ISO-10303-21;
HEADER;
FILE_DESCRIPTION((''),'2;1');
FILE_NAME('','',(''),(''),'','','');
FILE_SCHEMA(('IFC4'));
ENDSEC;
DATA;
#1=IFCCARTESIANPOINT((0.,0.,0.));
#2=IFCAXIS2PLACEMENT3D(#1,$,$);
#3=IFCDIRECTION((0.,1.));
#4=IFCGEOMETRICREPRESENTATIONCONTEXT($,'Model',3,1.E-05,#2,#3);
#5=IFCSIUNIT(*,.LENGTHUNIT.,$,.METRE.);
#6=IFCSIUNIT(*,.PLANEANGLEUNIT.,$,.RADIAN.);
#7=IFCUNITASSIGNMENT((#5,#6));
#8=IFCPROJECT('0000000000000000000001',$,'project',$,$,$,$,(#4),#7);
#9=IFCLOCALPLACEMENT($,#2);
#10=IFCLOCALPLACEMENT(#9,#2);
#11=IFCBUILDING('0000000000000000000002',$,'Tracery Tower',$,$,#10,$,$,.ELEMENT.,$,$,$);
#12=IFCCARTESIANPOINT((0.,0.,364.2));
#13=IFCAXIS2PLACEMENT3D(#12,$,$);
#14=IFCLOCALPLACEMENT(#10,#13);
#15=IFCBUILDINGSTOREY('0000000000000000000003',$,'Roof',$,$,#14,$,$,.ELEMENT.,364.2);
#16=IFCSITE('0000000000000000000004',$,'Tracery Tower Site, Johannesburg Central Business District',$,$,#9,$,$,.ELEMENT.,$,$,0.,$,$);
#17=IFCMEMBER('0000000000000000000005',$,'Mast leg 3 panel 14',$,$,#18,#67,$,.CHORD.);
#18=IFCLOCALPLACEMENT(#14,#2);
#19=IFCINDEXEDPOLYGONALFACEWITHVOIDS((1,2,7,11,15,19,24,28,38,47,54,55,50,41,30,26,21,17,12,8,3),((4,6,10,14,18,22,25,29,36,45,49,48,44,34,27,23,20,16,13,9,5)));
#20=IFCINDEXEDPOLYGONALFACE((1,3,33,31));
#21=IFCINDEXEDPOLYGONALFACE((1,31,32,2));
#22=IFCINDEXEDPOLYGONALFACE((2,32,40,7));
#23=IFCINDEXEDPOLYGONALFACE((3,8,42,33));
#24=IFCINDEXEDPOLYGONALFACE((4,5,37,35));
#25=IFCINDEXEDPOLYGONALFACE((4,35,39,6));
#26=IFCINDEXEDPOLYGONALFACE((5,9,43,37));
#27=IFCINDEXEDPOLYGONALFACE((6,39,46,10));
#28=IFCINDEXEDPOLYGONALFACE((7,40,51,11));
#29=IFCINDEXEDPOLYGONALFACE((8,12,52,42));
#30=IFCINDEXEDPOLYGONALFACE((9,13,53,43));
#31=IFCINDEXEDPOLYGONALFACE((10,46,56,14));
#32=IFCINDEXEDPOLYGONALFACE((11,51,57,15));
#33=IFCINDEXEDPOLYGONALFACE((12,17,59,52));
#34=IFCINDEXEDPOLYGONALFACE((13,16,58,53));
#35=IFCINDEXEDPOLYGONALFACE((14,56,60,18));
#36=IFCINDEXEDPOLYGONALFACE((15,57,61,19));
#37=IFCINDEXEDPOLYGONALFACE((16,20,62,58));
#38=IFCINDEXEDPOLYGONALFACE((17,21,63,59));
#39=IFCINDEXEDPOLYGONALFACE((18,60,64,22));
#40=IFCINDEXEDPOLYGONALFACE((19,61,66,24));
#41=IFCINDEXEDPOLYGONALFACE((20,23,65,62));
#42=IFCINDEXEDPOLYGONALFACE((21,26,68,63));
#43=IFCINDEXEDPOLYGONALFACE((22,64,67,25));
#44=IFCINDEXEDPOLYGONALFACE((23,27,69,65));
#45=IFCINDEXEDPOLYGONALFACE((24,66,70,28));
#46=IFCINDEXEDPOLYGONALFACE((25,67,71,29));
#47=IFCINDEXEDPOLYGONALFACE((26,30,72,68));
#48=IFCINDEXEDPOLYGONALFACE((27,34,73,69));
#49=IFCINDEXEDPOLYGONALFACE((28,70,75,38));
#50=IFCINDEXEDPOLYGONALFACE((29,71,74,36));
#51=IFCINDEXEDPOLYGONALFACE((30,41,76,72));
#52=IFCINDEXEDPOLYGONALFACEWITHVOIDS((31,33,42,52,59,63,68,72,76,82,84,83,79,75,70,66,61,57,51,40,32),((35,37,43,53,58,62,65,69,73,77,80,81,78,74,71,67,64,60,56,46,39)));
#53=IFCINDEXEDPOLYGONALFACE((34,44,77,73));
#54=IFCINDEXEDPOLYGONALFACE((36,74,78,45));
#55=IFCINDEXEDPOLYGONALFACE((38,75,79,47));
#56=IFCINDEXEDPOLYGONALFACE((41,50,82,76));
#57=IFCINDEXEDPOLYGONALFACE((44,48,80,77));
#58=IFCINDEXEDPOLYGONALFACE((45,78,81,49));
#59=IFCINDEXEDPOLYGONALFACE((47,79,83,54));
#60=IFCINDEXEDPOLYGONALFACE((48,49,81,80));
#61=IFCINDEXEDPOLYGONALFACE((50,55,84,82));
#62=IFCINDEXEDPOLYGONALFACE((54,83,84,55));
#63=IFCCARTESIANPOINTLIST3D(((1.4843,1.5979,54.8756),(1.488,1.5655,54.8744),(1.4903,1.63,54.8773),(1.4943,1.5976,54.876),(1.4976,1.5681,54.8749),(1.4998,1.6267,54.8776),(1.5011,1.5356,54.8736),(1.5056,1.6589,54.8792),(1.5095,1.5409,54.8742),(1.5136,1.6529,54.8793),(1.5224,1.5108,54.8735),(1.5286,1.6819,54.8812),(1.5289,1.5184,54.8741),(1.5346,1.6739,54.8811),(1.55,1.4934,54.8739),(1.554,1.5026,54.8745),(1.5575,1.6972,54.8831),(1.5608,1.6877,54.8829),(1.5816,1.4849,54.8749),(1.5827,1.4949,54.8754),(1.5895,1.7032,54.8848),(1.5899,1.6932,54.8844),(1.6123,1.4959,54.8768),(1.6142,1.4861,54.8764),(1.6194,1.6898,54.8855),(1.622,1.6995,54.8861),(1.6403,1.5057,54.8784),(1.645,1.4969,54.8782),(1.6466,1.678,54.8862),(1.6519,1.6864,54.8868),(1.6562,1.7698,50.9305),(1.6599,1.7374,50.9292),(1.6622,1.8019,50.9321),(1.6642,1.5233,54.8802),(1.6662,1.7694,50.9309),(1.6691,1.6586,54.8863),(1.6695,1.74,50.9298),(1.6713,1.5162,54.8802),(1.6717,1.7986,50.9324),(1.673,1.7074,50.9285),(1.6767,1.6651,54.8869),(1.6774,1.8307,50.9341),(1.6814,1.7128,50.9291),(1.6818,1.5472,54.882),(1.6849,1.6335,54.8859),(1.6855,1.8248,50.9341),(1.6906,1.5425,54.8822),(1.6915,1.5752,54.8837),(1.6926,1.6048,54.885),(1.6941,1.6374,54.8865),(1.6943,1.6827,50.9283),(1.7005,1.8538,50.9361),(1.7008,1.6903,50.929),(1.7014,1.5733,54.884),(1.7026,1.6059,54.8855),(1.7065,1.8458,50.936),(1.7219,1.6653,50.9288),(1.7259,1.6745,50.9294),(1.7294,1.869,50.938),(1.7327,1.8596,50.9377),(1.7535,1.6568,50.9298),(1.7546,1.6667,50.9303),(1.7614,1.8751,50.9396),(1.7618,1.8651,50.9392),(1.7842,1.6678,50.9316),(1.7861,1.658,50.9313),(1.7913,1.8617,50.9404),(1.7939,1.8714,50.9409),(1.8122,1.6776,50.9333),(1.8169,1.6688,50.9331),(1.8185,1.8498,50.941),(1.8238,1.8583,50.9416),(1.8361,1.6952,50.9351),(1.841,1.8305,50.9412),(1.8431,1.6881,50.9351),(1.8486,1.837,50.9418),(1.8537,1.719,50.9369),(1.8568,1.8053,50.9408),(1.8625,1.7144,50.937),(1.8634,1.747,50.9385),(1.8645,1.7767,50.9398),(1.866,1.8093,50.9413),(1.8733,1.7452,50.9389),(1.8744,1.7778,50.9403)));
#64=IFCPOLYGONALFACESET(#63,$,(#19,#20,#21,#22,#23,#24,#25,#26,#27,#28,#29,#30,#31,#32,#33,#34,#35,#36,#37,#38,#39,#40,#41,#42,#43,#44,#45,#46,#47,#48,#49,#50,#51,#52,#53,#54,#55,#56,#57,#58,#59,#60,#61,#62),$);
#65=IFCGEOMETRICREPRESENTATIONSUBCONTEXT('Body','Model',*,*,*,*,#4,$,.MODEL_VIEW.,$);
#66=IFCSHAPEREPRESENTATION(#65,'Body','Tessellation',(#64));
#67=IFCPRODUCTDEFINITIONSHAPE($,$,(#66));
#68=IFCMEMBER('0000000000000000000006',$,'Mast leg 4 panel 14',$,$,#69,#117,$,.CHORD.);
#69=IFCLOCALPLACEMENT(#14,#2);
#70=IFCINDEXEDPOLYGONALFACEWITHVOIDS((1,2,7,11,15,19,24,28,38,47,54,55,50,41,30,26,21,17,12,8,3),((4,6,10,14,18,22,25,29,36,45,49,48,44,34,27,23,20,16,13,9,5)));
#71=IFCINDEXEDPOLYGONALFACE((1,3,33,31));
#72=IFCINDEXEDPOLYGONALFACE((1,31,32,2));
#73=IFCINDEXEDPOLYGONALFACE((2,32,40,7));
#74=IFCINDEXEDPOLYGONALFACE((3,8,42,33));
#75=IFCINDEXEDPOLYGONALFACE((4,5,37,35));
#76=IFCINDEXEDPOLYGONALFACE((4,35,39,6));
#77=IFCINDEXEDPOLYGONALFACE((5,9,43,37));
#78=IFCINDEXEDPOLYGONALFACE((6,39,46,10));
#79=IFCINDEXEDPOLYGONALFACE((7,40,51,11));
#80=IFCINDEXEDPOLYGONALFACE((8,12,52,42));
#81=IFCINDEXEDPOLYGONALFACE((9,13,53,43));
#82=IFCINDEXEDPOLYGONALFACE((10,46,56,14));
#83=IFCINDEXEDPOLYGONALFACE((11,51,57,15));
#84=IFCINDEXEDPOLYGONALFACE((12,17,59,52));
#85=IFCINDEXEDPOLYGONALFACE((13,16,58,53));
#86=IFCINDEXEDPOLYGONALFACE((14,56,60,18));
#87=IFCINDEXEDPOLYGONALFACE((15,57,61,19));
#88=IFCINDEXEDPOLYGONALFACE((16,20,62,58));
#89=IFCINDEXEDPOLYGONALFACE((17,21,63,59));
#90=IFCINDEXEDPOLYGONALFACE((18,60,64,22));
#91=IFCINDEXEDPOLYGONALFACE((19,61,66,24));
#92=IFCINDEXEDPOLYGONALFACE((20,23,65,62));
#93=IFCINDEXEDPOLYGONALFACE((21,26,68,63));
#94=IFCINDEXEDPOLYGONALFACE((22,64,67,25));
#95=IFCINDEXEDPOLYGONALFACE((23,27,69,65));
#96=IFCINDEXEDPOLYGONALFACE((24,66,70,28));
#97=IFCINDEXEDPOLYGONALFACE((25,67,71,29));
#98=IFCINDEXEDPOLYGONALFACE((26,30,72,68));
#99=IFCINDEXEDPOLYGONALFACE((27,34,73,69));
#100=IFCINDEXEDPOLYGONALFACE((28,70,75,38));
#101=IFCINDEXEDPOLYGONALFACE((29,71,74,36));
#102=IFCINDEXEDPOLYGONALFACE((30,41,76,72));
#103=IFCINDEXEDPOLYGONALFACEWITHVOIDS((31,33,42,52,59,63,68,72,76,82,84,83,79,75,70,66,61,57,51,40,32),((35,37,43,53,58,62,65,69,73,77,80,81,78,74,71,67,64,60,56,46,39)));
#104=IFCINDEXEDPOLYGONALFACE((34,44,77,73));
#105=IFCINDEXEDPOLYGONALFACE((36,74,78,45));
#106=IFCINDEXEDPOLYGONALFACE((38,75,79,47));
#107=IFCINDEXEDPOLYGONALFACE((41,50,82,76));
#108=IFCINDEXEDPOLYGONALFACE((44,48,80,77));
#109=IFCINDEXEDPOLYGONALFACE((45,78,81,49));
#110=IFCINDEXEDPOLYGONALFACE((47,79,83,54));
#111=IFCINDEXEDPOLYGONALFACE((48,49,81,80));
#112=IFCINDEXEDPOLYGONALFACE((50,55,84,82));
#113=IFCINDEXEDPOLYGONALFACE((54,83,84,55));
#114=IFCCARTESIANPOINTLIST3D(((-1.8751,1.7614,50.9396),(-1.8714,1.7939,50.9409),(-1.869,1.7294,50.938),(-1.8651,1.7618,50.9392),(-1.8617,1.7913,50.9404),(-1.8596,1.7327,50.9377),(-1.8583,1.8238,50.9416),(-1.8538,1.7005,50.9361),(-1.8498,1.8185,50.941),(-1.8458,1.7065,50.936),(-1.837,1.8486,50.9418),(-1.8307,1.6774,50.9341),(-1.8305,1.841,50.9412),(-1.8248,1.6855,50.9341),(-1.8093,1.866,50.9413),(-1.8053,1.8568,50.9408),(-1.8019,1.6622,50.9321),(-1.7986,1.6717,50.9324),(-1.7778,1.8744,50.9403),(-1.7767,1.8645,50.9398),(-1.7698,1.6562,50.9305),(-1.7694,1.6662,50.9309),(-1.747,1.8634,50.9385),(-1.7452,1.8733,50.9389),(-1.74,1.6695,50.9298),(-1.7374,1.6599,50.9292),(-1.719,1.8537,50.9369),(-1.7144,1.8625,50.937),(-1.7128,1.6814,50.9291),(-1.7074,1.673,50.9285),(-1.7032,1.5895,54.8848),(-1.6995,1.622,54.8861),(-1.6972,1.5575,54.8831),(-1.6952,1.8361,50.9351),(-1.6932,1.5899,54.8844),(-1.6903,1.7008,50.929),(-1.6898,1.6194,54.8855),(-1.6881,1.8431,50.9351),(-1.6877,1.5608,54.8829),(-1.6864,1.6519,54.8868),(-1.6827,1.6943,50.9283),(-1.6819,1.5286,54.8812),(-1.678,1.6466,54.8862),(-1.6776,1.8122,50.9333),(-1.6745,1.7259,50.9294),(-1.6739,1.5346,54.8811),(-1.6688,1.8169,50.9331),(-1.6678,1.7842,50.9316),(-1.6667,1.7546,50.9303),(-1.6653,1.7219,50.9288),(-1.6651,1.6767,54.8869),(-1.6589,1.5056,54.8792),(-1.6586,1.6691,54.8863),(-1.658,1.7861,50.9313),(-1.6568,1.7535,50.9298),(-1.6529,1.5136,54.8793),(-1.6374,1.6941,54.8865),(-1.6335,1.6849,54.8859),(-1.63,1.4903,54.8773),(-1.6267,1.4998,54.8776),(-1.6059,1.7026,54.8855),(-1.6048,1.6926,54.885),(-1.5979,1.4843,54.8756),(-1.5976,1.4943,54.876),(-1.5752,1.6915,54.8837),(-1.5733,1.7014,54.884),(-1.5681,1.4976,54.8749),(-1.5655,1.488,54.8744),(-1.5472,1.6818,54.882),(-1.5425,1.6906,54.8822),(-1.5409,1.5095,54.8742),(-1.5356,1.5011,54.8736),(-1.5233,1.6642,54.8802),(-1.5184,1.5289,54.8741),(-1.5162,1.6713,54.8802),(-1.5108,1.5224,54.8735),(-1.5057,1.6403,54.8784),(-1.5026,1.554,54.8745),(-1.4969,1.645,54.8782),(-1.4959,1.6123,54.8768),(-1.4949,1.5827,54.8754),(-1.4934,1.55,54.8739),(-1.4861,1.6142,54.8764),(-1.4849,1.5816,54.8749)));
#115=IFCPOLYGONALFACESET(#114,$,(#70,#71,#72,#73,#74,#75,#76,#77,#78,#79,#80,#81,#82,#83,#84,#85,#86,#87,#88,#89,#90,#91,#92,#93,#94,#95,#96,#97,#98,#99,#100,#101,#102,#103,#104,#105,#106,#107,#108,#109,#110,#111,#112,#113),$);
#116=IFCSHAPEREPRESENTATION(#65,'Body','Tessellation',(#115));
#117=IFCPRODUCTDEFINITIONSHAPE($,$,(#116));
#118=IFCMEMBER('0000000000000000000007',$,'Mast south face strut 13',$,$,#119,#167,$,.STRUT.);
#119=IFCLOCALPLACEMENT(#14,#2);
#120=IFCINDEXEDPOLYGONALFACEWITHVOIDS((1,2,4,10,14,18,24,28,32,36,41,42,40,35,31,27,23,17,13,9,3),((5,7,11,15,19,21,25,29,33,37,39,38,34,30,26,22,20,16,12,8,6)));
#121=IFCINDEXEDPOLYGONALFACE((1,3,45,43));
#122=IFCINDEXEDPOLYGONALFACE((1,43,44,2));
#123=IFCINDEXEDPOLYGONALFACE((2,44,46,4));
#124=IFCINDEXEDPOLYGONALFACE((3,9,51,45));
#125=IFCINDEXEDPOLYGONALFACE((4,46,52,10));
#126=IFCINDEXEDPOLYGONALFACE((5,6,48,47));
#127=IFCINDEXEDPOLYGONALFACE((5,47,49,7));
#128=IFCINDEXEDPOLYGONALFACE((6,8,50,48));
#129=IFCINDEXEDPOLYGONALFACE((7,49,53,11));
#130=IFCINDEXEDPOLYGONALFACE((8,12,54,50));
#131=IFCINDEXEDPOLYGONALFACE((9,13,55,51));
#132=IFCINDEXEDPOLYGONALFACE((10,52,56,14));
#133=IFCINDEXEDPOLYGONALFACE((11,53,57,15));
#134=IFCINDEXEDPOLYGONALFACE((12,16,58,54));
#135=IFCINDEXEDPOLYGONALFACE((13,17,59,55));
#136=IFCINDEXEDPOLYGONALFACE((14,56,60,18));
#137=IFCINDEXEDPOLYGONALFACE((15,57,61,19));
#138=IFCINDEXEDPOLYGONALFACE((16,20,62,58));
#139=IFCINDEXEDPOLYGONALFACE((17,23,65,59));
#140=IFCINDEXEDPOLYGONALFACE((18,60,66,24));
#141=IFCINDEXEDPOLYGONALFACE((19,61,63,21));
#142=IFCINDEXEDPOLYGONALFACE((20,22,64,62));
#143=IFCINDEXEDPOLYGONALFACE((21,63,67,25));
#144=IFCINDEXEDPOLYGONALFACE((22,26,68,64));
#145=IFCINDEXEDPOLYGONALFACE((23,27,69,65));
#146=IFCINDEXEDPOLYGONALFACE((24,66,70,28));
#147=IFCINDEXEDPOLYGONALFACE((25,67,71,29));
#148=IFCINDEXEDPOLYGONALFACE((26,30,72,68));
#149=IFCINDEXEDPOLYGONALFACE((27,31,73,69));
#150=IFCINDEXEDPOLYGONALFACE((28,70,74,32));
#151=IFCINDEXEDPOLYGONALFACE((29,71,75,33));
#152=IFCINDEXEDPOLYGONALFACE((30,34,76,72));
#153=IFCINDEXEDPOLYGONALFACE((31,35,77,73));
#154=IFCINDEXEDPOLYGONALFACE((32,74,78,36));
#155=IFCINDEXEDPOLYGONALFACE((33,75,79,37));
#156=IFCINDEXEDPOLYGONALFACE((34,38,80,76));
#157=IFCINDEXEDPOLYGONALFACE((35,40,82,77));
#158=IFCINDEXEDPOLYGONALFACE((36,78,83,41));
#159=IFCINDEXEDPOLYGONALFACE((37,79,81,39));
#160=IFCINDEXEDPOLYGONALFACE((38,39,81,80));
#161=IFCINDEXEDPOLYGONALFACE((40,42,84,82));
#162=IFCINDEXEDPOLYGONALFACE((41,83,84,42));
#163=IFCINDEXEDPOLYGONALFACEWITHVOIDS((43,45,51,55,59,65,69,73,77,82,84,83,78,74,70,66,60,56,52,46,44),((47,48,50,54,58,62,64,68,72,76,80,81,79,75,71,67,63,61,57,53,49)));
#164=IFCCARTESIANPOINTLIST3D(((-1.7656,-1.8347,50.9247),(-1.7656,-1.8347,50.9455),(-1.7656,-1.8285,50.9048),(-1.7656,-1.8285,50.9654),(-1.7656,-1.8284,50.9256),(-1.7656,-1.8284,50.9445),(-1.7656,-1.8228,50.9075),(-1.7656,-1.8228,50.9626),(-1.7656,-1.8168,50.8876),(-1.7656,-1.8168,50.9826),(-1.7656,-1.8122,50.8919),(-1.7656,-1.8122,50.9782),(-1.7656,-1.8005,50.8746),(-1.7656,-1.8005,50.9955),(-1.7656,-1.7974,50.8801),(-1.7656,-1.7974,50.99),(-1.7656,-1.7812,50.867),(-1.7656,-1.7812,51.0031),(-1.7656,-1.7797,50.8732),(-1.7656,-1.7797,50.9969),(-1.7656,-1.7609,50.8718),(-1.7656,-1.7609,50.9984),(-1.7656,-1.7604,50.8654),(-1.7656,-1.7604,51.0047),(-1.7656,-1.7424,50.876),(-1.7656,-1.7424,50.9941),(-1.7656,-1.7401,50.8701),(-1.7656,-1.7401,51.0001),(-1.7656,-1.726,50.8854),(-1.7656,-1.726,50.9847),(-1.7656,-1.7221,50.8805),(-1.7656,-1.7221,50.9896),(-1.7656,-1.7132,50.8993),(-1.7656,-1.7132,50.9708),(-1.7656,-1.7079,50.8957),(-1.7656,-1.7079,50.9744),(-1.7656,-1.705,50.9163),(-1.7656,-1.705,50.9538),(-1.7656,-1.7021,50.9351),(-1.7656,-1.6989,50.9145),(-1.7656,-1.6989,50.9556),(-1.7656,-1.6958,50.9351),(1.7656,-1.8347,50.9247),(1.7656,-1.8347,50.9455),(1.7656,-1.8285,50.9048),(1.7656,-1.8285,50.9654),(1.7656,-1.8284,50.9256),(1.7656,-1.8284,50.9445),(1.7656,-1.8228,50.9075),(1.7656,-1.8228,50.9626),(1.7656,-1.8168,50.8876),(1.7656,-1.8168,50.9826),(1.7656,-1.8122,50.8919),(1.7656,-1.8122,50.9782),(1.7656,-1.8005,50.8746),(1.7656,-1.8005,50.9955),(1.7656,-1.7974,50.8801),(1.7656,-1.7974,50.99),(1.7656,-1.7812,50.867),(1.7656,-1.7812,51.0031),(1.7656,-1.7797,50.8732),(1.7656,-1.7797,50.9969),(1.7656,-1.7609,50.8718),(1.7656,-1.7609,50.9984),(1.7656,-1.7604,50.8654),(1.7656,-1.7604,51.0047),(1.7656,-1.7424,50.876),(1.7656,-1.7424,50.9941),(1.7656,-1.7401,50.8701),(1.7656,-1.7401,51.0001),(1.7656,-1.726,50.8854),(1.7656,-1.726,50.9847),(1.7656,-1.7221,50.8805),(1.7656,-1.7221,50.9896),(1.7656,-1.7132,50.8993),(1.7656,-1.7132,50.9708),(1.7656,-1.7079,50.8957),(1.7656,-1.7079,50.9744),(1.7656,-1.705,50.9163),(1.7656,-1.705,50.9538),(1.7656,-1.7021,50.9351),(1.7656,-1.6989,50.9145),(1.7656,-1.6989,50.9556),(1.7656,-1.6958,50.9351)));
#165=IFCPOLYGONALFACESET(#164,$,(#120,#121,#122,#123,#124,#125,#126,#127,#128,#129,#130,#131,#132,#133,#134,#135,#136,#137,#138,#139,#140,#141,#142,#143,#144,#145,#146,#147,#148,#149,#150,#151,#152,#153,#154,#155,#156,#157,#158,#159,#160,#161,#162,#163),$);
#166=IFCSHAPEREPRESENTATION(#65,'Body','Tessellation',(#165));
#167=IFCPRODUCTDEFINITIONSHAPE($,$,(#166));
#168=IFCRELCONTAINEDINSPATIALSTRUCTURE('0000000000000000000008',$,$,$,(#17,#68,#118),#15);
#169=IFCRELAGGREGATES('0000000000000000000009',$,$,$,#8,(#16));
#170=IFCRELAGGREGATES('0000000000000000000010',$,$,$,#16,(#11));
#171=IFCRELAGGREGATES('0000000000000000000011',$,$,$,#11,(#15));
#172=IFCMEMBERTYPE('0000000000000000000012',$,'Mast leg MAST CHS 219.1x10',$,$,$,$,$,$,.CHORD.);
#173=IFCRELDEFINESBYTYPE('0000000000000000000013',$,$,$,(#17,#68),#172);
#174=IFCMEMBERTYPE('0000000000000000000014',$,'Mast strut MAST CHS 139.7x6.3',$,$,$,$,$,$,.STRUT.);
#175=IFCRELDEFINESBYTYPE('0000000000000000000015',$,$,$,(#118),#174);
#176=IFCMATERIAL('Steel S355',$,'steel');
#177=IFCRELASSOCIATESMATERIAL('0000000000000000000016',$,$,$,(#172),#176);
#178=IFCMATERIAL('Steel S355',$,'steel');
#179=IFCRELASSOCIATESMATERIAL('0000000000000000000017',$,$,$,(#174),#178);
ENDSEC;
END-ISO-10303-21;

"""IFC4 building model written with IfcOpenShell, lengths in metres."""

from ifc_helpers import new_model, si_unit, direction, frame, origin, origin_2d, place, context, subcontext, project, spatial, hollow_circle, extrude, material, material_profile, profile_set, type_object, element, save


model = new_model("IFC4")

# Units and contexts
model_context = context("Model", 3, precision=1e-05, world=origin(), true_north=direction((0.0, 1.0)))
body_context = subcontext(model_context, "Body", "Model", "MODEL_VIEW")
ifc_project = project(units=[si_unit("LENGTHUNIT", "METRE"), si_unit("PLANEANGLEUNIT", "RADIAN")], contexts=[model_context])

# Site, building, storey
site_placement = place(None, origin())
site = spatial("IfcSite", under=ifc_project, at=site_placement, Name="Tracery Tower Site, Johannesburg Central Business District", CompositionType="ELEMENT", RefElevation=0.0)
building_placement = place(site_placement, origin())
building = spatial("IfcBuilding", under=site, at=building_placement, Name="Tracery Tower", CompositionType="ELEMENT")
storey_placement = place(building_placement, frame((0.0, 0.0, 364.2)))
storey = spatial("IfcBuildingStorey", under=building, at=storey_placement, Name="Roof", CompositionType="ELEMENT", Elevation=364.2)

# Members
ifc_material_1 = material(Name="Steel S355", Category="steel")
ifc_material_profile_1 = material_profile(ifc_material_1, hollow_circle(Radius=0.1096, WallThickness=0.01, at=origin_2d()), Name="CHS 219.1x10")
ifc_profile_set_1 = profile_set([ifc_material_profile_1], Name="Steel S355")
member_type_1 = type_object("IfcMemberType", Name="Mast leg MAST CHS 219.1x10", PredefinedType="CHORD", material=ifc_profile_set_1)
for number, where, z_axis, x_axis, name in (
    (1, (1.7656, 1.7656, 50.9351), (-0.043485, -0.043485, 0.998107), (0.707107, -0.707107, 0.0), "Mast leg 3 panel 14"),
    (2, (-1.7656, 1.7656, 50.9351), (0.043485, -0.043485, 0.998107), (0.707107, 0.707107, 0.0), "Mast leg 4 panel 14"),
):
    element("IfcMember", number, at=place(storey_placement, frame(where, z_axis=z_axis, x_axis=x_axis)), inside=storey, type_object=member_type_1, Name=name, PredefinedType="CHORD", context=body_context, shape_type="SweptSolid", body=[
        extrude(hollow_circle(Radius=0.1096, WallThickness=0.01, at=origin_2d()), origin(), (0.0, 0.0, 1.0), 3.9526),
    ])
ifc_material_2 = material(Name="Steel S355", Category="steel")
ifc_material_profile_2 = material_profile(ifc_material_2, hollow_circle(Radius=0.0698, WallThickness=0.0063, at=origin_2d()), Name="CHS 139.7x6.3")
ifc_profile_set_2 = profile_set([ifc_material_profile_2], Name="Steel S355")
member_type_2 = type_object("IfcMemberType", Name="Mast strut MAST CHS 139.7x6.3", PredefinedType="STRUT", material=ifc_profile_set_2)
for number, where, z_axis, x_axis, name in (
    (3, (-1.7656, -1.7656, 50.9351), (1.0, 0.0, 0.0), (0.0, 1.0, 0.0), "Mast south face strut 13"),
):
    element("IfcMember", number, at=place(storey_placement, frame(where, z_axis=z_axis, x_axis=x_axis)), inside=storey, type_object=member_type_2, Name=name, PredefinedType="STRUT", context=body_context, shape_type="SweptSolid", body=[
        extrude(hollow_circle(Radius=0.0698, WallThickness=0.0063, at=origin_2d()), origin(), (0.0, 0.0, 1.0), 3.5312),
    ])

save(model, "model.ifc")
